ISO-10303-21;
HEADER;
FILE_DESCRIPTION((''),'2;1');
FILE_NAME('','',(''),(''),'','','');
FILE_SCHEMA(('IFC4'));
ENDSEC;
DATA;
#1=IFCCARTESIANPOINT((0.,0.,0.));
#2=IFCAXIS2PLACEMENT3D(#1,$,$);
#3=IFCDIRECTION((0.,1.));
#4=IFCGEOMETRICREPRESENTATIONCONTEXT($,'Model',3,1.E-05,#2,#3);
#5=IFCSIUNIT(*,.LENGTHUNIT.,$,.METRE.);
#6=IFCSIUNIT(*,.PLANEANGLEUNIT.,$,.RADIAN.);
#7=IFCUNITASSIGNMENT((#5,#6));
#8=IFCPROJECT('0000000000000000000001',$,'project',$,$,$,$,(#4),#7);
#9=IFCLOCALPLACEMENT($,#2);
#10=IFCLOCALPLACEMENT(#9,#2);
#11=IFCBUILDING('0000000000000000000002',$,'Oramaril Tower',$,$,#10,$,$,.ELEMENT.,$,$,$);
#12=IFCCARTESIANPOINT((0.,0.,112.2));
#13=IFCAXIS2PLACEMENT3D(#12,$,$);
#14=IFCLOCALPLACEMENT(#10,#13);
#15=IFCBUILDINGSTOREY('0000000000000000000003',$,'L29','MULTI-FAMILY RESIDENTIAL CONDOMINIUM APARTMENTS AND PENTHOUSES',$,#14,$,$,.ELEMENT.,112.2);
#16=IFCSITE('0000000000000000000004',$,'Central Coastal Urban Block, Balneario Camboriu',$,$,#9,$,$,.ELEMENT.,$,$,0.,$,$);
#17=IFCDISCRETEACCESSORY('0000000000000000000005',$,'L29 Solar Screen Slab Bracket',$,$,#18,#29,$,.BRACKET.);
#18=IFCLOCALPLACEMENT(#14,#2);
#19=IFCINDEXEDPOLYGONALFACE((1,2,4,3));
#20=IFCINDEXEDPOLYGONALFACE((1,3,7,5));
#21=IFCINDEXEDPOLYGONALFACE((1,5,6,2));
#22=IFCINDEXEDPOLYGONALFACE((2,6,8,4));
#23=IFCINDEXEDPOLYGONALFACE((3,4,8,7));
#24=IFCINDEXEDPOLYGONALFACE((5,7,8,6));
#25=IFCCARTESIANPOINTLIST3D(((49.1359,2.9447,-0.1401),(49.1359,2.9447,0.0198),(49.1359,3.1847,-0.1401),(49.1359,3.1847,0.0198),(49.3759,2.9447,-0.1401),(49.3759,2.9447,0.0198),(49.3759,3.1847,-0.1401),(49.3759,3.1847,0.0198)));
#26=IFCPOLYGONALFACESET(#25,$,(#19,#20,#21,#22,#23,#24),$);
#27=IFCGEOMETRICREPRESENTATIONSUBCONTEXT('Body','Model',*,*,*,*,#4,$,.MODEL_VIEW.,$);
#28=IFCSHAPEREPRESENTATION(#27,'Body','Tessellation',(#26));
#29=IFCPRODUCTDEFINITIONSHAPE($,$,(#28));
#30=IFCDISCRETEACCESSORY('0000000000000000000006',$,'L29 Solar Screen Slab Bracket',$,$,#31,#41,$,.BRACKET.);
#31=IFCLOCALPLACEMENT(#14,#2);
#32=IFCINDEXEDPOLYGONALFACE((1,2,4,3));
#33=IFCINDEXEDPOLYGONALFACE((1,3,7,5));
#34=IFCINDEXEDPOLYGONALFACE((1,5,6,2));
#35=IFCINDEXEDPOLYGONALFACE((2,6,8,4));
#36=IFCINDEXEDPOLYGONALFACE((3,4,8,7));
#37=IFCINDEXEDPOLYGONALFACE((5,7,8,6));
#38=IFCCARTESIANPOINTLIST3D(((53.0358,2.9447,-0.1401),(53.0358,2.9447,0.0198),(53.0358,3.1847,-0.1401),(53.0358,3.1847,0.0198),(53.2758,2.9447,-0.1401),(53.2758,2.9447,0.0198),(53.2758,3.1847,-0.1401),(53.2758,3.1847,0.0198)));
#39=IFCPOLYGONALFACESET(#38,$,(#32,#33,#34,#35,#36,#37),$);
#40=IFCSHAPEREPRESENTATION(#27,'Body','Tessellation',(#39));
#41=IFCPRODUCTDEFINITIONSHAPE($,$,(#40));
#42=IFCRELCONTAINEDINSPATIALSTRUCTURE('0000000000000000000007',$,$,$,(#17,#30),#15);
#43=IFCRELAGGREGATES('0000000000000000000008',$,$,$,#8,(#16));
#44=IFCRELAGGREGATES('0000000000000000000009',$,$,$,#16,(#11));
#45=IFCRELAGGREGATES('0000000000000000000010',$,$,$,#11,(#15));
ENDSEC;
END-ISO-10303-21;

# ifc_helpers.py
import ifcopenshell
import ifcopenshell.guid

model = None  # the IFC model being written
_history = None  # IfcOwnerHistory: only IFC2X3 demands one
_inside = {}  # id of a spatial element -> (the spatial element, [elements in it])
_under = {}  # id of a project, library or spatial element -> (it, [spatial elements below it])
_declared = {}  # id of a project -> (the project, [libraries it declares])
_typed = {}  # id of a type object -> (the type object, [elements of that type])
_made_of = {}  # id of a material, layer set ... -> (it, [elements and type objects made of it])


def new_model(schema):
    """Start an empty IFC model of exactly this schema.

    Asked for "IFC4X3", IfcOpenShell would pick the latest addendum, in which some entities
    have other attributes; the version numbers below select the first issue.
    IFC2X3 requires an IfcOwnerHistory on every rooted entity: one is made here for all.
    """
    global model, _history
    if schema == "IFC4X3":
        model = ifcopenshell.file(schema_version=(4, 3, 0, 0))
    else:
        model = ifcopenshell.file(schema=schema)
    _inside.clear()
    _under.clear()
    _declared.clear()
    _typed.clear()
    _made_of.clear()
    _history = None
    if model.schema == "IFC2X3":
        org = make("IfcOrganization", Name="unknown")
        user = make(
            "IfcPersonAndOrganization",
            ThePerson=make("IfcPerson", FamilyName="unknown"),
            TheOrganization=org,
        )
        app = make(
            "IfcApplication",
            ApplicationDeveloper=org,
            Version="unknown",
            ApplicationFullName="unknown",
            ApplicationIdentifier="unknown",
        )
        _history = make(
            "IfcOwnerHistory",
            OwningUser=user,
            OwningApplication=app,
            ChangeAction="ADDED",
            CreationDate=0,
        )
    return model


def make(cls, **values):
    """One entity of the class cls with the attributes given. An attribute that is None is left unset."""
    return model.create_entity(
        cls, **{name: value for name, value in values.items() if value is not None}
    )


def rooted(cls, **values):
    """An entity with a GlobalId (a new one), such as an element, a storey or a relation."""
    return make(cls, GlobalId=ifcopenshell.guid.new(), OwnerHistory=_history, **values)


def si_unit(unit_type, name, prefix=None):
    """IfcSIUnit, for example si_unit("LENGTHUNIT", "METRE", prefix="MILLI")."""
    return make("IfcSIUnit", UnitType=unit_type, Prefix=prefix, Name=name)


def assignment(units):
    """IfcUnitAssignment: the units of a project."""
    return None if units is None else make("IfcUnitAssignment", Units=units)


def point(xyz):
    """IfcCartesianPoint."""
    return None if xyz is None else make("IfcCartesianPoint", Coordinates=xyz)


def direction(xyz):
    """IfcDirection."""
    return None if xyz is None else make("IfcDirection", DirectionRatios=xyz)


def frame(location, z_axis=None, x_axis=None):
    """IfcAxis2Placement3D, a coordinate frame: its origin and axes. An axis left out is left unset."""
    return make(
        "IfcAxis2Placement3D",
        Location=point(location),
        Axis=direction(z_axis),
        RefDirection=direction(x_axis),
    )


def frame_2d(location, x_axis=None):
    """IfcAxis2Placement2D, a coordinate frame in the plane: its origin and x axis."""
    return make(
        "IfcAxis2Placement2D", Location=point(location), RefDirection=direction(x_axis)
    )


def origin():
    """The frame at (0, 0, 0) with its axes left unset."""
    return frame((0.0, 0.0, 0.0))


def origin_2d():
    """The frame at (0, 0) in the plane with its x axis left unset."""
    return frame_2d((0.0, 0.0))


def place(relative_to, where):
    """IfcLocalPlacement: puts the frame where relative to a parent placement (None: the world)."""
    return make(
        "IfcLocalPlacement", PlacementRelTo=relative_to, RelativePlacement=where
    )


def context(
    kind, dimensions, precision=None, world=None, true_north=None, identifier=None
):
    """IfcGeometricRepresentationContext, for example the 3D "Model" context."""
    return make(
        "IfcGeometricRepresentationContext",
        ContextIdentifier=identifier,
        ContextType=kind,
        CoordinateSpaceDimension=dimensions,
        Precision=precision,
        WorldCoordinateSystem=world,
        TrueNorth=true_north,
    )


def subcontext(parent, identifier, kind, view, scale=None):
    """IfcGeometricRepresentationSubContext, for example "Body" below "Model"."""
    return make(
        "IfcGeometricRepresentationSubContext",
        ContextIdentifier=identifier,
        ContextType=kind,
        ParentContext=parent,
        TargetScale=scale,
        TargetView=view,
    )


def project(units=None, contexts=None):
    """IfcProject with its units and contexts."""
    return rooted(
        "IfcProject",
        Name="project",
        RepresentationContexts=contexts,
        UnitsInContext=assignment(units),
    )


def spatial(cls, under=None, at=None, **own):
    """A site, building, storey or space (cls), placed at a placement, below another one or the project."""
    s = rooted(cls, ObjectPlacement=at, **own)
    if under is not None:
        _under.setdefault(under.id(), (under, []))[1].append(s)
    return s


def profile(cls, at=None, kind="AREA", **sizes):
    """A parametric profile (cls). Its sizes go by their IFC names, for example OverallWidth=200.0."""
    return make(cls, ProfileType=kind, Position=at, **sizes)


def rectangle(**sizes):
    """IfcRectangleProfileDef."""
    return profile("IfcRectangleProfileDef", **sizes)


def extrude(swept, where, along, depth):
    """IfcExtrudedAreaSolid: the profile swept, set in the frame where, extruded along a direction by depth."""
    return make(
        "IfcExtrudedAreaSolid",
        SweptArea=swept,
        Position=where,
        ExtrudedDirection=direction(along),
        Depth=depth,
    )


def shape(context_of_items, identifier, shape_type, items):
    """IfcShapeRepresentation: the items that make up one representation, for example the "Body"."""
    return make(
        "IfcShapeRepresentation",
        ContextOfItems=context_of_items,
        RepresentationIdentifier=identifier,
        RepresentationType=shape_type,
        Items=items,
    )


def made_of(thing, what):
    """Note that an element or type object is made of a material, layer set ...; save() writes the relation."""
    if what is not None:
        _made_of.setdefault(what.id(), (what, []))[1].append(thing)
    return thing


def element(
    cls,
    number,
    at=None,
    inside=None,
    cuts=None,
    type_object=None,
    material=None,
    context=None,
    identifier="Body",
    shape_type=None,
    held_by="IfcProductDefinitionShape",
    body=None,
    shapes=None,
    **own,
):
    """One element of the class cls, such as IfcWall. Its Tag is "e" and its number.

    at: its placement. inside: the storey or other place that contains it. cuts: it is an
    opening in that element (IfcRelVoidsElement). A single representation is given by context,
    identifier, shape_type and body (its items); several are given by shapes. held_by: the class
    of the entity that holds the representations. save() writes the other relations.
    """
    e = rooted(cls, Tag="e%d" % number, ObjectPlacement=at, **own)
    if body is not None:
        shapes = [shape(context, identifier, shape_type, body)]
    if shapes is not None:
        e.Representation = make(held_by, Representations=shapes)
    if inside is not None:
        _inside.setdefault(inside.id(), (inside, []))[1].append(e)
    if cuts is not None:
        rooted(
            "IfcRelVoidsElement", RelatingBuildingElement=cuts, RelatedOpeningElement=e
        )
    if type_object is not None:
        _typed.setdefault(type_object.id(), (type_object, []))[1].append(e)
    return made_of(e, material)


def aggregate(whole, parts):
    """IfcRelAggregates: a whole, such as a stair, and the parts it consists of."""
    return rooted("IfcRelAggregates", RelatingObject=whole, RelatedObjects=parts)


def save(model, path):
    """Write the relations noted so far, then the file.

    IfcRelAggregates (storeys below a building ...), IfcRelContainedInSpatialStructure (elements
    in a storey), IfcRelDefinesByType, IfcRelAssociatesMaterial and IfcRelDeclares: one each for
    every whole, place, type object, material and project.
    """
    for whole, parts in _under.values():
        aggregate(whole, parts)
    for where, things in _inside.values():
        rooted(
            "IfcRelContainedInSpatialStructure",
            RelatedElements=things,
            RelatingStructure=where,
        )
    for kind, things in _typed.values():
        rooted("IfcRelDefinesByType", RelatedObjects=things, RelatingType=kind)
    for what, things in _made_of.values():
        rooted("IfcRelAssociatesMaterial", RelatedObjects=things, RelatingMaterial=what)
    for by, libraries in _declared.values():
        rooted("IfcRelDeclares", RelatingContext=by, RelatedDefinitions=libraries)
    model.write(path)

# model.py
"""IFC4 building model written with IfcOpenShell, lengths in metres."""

from ifc_helpers import new_model, si_unit, direction, frame, origin, origin_2d, place, context, subcontext, project, spatial, rectangle, extrude, element, save


model = new_model("IFC4")

# Units and contexts
model_context = context("Model", 3, precision=1e-05, world=origin(), true_north=direction((0.0, 1.0)))
body_context = subcontext(model_context, "Body", "Model", "MODEL_VIEW")
ifc_project = project(units=[si_unit("LENGTHUNIT", "METRE"), si_unit("PLANEANGLEUNIT", "RADIAN")], contexts=[model_context])

# Site, building, storey
site_placement = place(None, origin())
site = spatial("IfcSite", under=ifc_project, at=site_placement, Name="Central Coastal Urban Block, Balneario Camboriu", CompositionType="ELEMENT", RefElevation=0.0)
building_placement = place(site_placement, origin())
building = spatial("IfcBuilding", under=site, at=building_placement, Name="Oramaril Tower", CompositionType="ELEMENT")
storey_placement = place(building_placement, frame((0.0, 0.0, 112.2)))
storey = spatial("IfcBuildingStorey", under=building, at=storey_placement, Name="L29", Description="MULTI-FAMILY RESIDENTIAL CONDOMINIUM APARTMENTS AND PENTHOUSES", CompositionType="ELEMENT", Elevation=112.2)

# Discrete accessories
for number, where, z_axis, x_axis, name in (
    (1, (49.2559, 3.0647, -0.1401), (0.0, 0.0, 1.0), (1.0, 0.0, 0.0), "L29 Solar Screen Slab Bracket"),
    (2, (53.1558, 3.0647, -0.1401), (0.0, 0.0, 1.0), (1.0, 0.0, 0.0), "L29 Solar Screen Slab Bracket"),
):
    element("IfcDiscreteAccessory", number, at=place(storey_placement, frame(where, z_axis=z_axis, x_axis=x_axis)), inside=storey, Name=name, PredefinedType="BRACKET", context=body_context, shape_type="SweptSolid", body=[
        extrude(rectangle(XDim=0.24, YDim=0.24, at=origin_2d()), origin(), (0.0, 0.0, 1.0), 0.1599),
    ])

save(model, "model.ifc")
